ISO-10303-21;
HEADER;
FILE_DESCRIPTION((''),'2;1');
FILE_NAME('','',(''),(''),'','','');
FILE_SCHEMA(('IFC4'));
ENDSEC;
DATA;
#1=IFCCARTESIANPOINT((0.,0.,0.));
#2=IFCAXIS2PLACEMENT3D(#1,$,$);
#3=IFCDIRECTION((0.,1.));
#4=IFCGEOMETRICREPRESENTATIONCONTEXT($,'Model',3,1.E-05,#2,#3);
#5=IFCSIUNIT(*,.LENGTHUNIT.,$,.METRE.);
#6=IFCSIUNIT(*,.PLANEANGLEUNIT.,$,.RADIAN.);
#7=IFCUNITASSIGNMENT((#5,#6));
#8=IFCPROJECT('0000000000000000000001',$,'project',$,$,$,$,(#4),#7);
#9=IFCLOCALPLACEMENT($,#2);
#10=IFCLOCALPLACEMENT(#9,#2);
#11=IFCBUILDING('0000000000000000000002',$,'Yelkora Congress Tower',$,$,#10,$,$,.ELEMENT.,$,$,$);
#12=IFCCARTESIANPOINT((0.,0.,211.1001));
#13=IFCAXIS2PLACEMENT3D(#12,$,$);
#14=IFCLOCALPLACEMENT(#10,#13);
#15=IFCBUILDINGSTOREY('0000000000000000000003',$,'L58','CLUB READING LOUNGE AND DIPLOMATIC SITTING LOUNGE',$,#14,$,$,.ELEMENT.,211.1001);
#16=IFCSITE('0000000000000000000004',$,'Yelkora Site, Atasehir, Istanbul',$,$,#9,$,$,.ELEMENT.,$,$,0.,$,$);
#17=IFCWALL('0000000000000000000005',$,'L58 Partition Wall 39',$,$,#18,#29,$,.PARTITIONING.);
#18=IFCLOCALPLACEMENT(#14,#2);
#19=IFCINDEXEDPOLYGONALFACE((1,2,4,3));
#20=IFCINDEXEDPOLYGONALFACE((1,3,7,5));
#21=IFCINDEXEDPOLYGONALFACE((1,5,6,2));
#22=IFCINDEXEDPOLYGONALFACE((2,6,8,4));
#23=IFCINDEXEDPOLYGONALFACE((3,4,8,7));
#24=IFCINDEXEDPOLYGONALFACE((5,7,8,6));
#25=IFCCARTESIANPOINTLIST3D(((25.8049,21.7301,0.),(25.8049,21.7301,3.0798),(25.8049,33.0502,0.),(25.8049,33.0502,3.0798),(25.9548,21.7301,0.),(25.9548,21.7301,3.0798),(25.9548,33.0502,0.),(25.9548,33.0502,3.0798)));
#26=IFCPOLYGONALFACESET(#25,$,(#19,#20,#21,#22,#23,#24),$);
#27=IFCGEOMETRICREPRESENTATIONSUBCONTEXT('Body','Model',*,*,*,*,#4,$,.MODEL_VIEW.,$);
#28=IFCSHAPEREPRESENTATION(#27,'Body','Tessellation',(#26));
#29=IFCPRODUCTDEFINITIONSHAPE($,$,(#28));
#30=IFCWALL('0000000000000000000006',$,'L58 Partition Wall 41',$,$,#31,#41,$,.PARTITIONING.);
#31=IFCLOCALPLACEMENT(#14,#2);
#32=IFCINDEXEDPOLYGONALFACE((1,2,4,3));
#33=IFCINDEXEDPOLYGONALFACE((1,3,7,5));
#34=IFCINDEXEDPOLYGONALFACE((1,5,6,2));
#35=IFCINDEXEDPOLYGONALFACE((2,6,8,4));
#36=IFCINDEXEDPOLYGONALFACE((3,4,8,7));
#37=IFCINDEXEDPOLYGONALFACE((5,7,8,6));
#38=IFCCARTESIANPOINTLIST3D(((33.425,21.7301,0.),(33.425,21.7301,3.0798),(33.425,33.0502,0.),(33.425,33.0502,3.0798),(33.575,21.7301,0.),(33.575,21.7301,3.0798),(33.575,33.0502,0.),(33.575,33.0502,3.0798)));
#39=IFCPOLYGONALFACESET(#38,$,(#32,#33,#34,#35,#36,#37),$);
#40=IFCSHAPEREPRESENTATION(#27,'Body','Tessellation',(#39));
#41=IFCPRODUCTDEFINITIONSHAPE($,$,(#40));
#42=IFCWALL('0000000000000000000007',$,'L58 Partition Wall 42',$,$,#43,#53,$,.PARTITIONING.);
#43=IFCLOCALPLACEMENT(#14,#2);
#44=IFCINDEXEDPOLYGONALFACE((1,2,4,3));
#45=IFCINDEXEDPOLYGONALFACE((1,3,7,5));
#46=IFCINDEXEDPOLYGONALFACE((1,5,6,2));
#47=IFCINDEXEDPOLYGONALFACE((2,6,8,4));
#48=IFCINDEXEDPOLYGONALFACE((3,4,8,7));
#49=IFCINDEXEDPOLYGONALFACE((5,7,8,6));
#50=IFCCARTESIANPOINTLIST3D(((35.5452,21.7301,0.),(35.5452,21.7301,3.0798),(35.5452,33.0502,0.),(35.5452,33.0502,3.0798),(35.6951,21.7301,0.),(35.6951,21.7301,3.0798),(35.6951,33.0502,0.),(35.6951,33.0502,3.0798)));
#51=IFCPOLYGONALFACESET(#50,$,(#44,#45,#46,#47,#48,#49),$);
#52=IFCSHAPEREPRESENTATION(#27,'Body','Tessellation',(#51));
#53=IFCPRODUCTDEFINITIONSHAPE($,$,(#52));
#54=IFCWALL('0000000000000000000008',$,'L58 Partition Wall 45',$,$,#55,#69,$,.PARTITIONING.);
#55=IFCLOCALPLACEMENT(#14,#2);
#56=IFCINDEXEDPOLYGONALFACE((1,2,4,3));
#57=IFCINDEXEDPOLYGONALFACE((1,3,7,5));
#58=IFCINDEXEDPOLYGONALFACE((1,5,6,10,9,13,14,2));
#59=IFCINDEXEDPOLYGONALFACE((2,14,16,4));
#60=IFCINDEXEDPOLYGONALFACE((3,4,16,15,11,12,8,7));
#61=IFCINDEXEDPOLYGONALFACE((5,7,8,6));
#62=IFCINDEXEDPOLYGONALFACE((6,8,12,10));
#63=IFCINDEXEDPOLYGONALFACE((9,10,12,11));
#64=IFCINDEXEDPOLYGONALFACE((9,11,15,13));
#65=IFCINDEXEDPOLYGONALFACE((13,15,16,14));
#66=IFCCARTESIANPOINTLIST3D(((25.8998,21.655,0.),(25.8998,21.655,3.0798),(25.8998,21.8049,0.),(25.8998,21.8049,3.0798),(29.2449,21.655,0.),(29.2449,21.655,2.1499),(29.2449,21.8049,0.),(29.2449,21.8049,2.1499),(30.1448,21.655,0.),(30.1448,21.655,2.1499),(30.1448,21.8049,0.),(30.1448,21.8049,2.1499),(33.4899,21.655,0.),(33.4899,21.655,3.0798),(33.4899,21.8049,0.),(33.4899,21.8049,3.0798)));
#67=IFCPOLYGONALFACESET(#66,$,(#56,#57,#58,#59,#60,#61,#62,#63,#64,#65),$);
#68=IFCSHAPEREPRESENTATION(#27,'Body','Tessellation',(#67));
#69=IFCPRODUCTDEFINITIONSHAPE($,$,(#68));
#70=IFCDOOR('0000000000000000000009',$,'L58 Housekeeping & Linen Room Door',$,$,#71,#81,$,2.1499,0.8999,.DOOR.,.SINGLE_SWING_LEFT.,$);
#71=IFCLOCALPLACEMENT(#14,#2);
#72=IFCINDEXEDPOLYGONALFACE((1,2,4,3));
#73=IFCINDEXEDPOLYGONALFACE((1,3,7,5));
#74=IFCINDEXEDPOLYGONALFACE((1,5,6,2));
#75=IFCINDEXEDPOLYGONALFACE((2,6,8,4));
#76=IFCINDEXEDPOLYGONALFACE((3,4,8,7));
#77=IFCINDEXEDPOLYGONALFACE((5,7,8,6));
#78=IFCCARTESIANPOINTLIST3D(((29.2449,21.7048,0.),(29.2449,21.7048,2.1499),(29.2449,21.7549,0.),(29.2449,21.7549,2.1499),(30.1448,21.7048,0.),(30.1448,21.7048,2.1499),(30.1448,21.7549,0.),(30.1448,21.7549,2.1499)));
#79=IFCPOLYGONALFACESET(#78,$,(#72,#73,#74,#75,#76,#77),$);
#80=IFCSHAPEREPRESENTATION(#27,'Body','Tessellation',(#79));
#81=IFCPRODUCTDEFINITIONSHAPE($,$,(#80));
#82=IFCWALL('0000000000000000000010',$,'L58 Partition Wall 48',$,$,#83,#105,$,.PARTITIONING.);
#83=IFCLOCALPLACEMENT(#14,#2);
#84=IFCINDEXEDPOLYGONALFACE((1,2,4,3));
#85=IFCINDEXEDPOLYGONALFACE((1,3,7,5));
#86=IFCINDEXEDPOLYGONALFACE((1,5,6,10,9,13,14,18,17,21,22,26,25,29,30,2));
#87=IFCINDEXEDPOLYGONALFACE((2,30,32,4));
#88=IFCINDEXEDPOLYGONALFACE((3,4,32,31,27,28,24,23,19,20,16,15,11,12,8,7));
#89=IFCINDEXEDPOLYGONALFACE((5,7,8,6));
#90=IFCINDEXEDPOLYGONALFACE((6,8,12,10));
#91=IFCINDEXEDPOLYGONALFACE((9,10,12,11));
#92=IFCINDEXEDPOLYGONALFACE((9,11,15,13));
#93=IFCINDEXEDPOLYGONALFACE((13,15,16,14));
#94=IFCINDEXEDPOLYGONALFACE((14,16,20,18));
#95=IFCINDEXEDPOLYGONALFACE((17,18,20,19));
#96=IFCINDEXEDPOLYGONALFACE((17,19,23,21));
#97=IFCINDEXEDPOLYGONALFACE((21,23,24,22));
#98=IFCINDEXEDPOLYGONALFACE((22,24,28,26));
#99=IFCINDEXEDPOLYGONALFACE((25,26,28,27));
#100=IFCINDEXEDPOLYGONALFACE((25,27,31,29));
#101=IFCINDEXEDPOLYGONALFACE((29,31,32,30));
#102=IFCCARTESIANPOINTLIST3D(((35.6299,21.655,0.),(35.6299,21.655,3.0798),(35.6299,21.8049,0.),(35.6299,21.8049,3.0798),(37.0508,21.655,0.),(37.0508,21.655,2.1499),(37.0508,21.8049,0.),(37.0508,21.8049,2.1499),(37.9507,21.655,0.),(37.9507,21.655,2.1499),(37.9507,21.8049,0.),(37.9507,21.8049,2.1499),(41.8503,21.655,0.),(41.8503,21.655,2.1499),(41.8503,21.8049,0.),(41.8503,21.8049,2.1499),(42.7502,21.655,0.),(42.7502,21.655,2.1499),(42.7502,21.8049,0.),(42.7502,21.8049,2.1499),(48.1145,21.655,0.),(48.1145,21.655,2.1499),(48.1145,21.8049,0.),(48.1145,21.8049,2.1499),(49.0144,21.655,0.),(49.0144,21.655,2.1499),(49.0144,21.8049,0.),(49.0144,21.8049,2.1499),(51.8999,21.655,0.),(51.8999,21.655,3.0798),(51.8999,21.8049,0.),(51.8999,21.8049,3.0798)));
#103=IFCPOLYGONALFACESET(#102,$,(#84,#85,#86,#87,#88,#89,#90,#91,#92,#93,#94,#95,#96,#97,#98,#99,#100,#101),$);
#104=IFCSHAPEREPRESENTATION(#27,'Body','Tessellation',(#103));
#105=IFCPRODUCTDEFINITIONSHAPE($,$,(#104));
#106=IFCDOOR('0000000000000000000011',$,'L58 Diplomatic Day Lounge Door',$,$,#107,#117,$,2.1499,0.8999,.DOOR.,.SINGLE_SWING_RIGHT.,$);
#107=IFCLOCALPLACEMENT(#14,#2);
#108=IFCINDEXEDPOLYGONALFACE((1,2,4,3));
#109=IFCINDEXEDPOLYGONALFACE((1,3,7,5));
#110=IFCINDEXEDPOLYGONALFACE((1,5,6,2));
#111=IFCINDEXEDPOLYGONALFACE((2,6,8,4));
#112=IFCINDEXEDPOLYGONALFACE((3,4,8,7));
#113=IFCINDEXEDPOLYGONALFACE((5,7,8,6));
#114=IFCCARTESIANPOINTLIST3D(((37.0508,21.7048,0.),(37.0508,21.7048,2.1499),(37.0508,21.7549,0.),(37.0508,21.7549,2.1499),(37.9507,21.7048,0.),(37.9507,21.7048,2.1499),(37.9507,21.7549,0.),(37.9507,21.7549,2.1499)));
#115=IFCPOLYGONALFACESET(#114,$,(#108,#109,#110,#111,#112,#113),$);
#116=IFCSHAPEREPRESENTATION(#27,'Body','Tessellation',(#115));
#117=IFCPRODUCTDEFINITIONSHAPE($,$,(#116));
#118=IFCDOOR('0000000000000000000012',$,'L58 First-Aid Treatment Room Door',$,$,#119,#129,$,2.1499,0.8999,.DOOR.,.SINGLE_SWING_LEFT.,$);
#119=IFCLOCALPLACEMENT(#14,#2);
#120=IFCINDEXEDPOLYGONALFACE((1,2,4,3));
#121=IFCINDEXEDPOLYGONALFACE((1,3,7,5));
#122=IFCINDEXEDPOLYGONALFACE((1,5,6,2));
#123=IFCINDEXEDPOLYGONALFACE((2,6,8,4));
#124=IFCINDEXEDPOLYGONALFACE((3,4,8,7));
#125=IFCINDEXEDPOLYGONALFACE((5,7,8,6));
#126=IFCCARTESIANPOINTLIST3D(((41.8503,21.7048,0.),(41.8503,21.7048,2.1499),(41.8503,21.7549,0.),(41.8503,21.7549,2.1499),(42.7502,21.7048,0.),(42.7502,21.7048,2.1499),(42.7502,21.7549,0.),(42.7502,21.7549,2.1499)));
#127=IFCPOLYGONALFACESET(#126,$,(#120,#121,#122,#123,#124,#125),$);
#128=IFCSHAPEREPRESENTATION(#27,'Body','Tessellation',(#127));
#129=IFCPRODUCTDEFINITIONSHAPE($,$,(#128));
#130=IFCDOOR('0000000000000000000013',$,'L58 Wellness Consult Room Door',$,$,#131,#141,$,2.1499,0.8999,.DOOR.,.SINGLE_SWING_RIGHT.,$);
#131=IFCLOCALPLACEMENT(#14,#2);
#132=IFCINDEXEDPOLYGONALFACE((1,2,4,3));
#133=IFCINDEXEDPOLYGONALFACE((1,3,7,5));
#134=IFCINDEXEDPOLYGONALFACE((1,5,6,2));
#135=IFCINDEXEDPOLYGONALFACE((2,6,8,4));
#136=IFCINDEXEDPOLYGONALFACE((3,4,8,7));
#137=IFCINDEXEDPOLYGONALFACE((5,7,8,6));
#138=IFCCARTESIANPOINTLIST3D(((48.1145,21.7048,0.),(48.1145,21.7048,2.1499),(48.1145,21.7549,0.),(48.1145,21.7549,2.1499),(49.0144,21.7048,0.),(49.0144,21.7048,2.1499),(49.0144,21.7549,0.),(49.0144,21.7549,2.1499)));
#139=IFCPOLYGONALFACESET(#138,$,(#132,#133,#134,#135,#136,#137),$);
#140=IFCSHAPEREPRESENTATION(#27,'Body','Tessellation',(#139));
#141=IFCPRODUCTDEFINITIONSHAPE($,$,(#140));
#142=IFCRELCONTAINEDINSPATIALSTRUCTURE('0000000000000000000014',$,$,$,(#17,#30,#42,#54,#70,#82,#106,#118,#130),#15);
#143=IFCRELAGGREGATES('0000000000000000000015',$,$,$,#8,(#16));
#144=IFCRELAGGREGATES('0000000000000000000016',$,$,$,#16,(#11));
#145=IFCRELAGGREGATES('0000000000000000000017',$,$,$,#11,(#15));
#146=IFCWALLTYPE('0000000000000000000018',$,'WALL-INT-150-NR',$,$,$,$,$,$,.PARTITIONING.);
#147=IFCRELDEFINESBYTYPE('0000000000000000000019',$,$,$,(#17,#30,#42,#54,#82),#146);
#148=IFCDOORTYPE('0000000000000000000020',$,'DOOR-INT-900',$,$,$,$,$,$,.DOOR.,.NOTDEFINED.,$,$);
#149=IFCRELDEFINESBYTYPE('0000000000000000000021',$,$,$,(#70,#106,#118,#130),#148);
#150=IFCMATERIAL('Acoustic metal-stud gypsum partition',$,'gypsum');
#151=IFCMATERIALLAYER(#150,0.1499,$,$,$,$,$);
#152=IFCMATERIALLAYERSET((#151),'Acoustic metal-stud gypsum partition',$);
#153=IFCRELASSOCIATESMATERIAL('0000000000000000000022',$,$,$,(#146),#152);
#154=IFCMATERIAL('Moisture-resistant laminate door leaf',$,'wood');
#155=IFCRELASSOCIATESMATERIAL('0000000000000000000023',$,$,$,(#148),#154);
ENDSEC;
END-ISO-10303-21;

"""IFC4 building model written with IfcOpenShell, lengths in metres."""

from ifc_helpers import new_model, si_unit, direction, frame, frame_2d, origin, place, context, subcontext, project, spatial, rectangle, extrude, material, layer, layer_set, type_object, element, fill, save


model = new_model("IFC4")

# Units and contexts
model_context = context("Model", 3, precision=1e-05, world=origin(), true_north=direction((0.0, 1.0)))
body_context = subcontext(model_context, "Body", "Model", "MODEL_VIEW")
ifc_project = project(units=[si_unit("LENGTHUNIT", "METRE"), si_unit("PLANEANGLEUNIT", "RADIAN")], contexts=[model_context])

# Site, building, storey
site_placement = place(None, origin())
site = spatial("IfcSite", under=ifc_project, at=site_placement, Name="Yelkora Site, Atasehir, Istanbul", CompositionType="ELEMENT", RefElevation=0.0)
building_placement = place(site_placement, origin())
building = spatial("IfcBuilding", under=site, at=building_placement, Name="Yelkora Congress Tower", CompositionType="ELEMENT")
storey_placement = place(building_placement, frame((0.0, 0.0, 211.1001)))
storey = spatial("IfcBuildingStorey", under=building, at=storey_placement, Name="L58", Description="CLUB READING LOUNGE AND DIPLOMATIC SITTING LOUNGE", CompositionType="ELEMENT", Elevation=211.1001)

# Shared definitions
ifc_material_1 = material(Name="Acoustic metal-stud gypsum partition", Category="gypsum")
ifc_layer_1 = layer(ifc_material_1, 0.1499)
ifc_layer_set_1 = layer_set([ifc_layer_1], Name="Acoustic metal-stud gypsum partition")
wall_type_1 = type_object("IfcWallType", Name="WALL-INT-150-NR", PredefinedType="PARTITIONING", material=ifc_layer_set_1)
ifc_material_2 = material(Name="Moisture-resistant laminate door leaf", Category="wood")
door_type_1 = type_object("IfcDoorType", Name="DOOR-INT-900", OperationType="NOTDEFINED", PredefinedType="DOOR", material=ifc_material_2)

# Walls
for number, where, z_axis, x_axis, name in (
    (1, (25.8799, 21.73, 0.0), (0.0, 0.0, 1.0), (0.0, 1.0, 0.0), "L58 Partition Wall 39"),
    (2, (33.5, 21.73, 0.0), (0.0, 0.0, 1.0), (0.0, 1.0, 0.0), "L58 Partition Wall 41"),
    (3, (35.6201, 21.73, 0.0), (0.0, 0.0, 1.0), (0.0, 1.0, 0.0), "L58 Partition Wall 42"),
):
    element("IfcWall", number, at=place(storey_placement, frame(where, z_axis=z_axis, x_axis=x_axis)), inside=storey, type_object=wall_type_1, Name=name, PredefinedType="PARTITIONING", context=body_context, shape_type="SweptSolid", body=[
        extrude(rectangle(XDim=11.3201, YDim=0.1499, at=frame_2d((5.6602, 0.0))), origin(), (0.0, 0.0, 1.0), 3.0798),
    ])

# Wall, opening, door
wall_1_placement = place(storey_placement, frame((25.8999, 21.73, 0.0), z_axis=(0.0, 0.0, 1.0), x_axis=(1.0, 0.0, 0.0)))
wall_1 = element("IfcWall", 4, at=wall_1_placement, inside=storey, type_object=wall_type_1, Name="L58 Partition Wall 45", PredefinedType="PARTITIONING", context=body_context, shape_type="SweptSolid", body=[
    extrude(rectangle(XDim=7.5901, YDim=0.1499, at=frame_2d((3.7949, 0.0))), origin(), (0.0, 0.0, 1.0), 3.0798),
])
opening_1_placement = place(wall_1_placement, frame((3.345, 0.0, 0.0)))
opening_1 = element("IfcOpeningElement", 5, at=opening_1_placement, cuts=wall_1, PredefinedType="OPENING", context=body_context, shape_type="SweptSolid", body=[
    extrude(rectangle(XDim=0.8999, YDim=2.1499, at=frame_2d((0.45, 1.075))), frame((0.0, 0.085, 0.0), z_axis=(0.0, -1.0, 0.0), x_axis=(1.0, 0.0, 0.0)), (0.0, 0.0, 1.0), 0.1699),
])
door_1_placement = place(opening_1_placement, origin())
door_1 = element("IfcDoor", 6, at=door_1_placement, inside=storey, type_object=door_type_1, Name="L58 Housekeeping & Linen Room Door", OperationType="SINGLE_SWING_LEFT", OverallHeight=2.1499, OverallWidth=0.8999, PredefinedType="DOOR", context=body_context, shape_type="SweptSolid", body=[
    extrude(rectangle(XDim=0.8999, YDim=2.1499, at=frame_2d((0.45, 1.075))), frame((0.0, 0.0249, 0.0), z_axis=(0.0, -1.0, 0.0), x_axis=(1.0, 0.0, 0.0)), (0.0, 0.0, 1.0), 0.05),
])
fill(opening_1, door_1)

# Wall, openings, doors
wall_2_placement = place(storey_placement, frame((35.6299, 21.73, 0.0), z_axis=(0.0, 0.0, 1.0), x_axis=(1.0, 0.0, 0.0)))
wall_2 = element("IfcWall", 7, at=wall_2_placement, inside=storey, type_object=wall_type_1, Name="L58 Partition Wall 48", PredefinedType="PARTITIONING", context=body_context, shape_type="SweptSolid", body=[
    extrude(rectangle(XDim=16.27, YDim=0.1499, at=frame_2d((8.135, 0.0))), origin(), (0.0, 0.0, 1.0), 3.0798),
])
opening_2_placement = place(wall_2_placement, frame((1.4209, 0.0, 0.0)))
opening_2 = element("IfcOpeningElement", 8, at=opening_2_placement, cuts=wall_2, PredefinedType="OPENING", context=body_context, shape_type="SweptSolid", body=[
    extrude(rectangle(XDim=0.8999, YDim=2.1499, at=frame_2d((0.45, 1.075))), frame((0.0, 0.085, 0.0), z_axis=(0.0, -1.0, 0.0), x_axis=(1.0, 0.0, 0.0)), (0.0, 0.0, 1.0), 0.1699),
])
opening_3_placement = place(wall_2_placement, frame((6.2205, 0.0, 0.0)))
opening_3 = element("IfcOpeningElement", 9, at=opening_3_placement, cuts=wall_2, PredefinedType="OPENING", context=body_context, shape_type="SweptSolid", body=[
    extrude(rectangle(XDim=0.8999, YDim=2.1499, at=frame_2d((0.45, 1.075))), frame((0.0, 0.085, 0.0), z_axis=(0.0, -1.0, 0.0), x_axis=(1.0, 0.0, 0.0)), (0.0, 0.0, 1.0), 0.1699),
])
opening_4_placement = place(wall_2_placement, frame((12.4846, 0.0, 0.0)))
opening_4 = element("IfcOpeningElement", 10, at=opening_4_placement, cuts=wall_2, PredefinedType="OPENING", context=body_context, shape_type="SweptSolid", body=[
    extrude(rectangle(XDim=0.8999, YDim=2.1499, at=frame_2d((0.45, 1.075))), frame((0.0, 0.085, 0.0), z_axis=(0.0, -1.0, 0.0), x_axis=(1.0, 0.0, 0.0)), (0.0, 0.0, 1.0), 0.1699),
])
door_2_placement = place(opening_2_placement, origin())
door_2 = element("IfcDoor", 11, at=door_2_placement, inside=storey, type_object=door_type_1, Name="L58 Diplomatic Day Lounge Door", OperationType="SINGLE_SWING_RIGHT", OverallHeight=2.1499, OverallWidth=0.8999, PredefinedType="DOOR", context=body_context, shape_type="SweptSolid", body=[
    extrude(rectangle(XDim=0.8999, YDim=2.1499, at=frame_2d((0.45, 1.075))), frame((0.0, 0.0249, 0.0), z_axis=(0.0, -1.0, 0.0), x_axis=(1.0, 0.0, 0.0)), (0.0, 0.0, 1.0), 0.05),
])
fill(opening_2, door_2)
door_3_placement = place(opening_3_placement, origin())
door_3 = element("IfcDoor", 12, at=door_3_placement, inside=storey, type_object=door_type_1, Name="L58 First-Aid Treatment Room Door", OperationType="SINGLE_SWING_LEFT", OverallHeight=2.1499, OverallWidth=0.8999, PredefinedType="DOOR", context=body_context, shape_type="SweptSolid", body=[
    extrude(rectangle(XDim=0.8999, YDim=2.1499, at=frame_2d((0.45, 1.075))), frame((0.0, 0.0249, 0.0), z_axis=(0.0, -1.0, 0.0), x_axis=(1.0, 0.0, 0.0)), (0.0, 0.0, 1.0), 0.05),
])
fill(opening_3, door_3)
door_4_placement = place(opening_4_placement, origin())
door_4 = element("IfcDoor", 13, at=door_4_placement, inside=storey, type_object=door_type_1, Name="L58 Wellness Consult Room Door", OperationType="SINGLE_SWING_RIGHT", OverallHeight=2.1499, OverallWidth=0.8999, PredefinedType="DOOR", context=body_context, shape_type="SweptSolid", body=[
    extrude(rectangle(XDim=0.8999, YDim=2.1499, at=frame_2d((0.45, 1.075))), frame((0.0, 0.0249, 0.0), z_axis=(0.0, -1.0, 0.0), x_axis=(1.0, 0.0, 0.0)), (0.0, 0.0, 1.0), 0.05),
])
fill(opening_4, door_4)

save(model, "model.ifc")
